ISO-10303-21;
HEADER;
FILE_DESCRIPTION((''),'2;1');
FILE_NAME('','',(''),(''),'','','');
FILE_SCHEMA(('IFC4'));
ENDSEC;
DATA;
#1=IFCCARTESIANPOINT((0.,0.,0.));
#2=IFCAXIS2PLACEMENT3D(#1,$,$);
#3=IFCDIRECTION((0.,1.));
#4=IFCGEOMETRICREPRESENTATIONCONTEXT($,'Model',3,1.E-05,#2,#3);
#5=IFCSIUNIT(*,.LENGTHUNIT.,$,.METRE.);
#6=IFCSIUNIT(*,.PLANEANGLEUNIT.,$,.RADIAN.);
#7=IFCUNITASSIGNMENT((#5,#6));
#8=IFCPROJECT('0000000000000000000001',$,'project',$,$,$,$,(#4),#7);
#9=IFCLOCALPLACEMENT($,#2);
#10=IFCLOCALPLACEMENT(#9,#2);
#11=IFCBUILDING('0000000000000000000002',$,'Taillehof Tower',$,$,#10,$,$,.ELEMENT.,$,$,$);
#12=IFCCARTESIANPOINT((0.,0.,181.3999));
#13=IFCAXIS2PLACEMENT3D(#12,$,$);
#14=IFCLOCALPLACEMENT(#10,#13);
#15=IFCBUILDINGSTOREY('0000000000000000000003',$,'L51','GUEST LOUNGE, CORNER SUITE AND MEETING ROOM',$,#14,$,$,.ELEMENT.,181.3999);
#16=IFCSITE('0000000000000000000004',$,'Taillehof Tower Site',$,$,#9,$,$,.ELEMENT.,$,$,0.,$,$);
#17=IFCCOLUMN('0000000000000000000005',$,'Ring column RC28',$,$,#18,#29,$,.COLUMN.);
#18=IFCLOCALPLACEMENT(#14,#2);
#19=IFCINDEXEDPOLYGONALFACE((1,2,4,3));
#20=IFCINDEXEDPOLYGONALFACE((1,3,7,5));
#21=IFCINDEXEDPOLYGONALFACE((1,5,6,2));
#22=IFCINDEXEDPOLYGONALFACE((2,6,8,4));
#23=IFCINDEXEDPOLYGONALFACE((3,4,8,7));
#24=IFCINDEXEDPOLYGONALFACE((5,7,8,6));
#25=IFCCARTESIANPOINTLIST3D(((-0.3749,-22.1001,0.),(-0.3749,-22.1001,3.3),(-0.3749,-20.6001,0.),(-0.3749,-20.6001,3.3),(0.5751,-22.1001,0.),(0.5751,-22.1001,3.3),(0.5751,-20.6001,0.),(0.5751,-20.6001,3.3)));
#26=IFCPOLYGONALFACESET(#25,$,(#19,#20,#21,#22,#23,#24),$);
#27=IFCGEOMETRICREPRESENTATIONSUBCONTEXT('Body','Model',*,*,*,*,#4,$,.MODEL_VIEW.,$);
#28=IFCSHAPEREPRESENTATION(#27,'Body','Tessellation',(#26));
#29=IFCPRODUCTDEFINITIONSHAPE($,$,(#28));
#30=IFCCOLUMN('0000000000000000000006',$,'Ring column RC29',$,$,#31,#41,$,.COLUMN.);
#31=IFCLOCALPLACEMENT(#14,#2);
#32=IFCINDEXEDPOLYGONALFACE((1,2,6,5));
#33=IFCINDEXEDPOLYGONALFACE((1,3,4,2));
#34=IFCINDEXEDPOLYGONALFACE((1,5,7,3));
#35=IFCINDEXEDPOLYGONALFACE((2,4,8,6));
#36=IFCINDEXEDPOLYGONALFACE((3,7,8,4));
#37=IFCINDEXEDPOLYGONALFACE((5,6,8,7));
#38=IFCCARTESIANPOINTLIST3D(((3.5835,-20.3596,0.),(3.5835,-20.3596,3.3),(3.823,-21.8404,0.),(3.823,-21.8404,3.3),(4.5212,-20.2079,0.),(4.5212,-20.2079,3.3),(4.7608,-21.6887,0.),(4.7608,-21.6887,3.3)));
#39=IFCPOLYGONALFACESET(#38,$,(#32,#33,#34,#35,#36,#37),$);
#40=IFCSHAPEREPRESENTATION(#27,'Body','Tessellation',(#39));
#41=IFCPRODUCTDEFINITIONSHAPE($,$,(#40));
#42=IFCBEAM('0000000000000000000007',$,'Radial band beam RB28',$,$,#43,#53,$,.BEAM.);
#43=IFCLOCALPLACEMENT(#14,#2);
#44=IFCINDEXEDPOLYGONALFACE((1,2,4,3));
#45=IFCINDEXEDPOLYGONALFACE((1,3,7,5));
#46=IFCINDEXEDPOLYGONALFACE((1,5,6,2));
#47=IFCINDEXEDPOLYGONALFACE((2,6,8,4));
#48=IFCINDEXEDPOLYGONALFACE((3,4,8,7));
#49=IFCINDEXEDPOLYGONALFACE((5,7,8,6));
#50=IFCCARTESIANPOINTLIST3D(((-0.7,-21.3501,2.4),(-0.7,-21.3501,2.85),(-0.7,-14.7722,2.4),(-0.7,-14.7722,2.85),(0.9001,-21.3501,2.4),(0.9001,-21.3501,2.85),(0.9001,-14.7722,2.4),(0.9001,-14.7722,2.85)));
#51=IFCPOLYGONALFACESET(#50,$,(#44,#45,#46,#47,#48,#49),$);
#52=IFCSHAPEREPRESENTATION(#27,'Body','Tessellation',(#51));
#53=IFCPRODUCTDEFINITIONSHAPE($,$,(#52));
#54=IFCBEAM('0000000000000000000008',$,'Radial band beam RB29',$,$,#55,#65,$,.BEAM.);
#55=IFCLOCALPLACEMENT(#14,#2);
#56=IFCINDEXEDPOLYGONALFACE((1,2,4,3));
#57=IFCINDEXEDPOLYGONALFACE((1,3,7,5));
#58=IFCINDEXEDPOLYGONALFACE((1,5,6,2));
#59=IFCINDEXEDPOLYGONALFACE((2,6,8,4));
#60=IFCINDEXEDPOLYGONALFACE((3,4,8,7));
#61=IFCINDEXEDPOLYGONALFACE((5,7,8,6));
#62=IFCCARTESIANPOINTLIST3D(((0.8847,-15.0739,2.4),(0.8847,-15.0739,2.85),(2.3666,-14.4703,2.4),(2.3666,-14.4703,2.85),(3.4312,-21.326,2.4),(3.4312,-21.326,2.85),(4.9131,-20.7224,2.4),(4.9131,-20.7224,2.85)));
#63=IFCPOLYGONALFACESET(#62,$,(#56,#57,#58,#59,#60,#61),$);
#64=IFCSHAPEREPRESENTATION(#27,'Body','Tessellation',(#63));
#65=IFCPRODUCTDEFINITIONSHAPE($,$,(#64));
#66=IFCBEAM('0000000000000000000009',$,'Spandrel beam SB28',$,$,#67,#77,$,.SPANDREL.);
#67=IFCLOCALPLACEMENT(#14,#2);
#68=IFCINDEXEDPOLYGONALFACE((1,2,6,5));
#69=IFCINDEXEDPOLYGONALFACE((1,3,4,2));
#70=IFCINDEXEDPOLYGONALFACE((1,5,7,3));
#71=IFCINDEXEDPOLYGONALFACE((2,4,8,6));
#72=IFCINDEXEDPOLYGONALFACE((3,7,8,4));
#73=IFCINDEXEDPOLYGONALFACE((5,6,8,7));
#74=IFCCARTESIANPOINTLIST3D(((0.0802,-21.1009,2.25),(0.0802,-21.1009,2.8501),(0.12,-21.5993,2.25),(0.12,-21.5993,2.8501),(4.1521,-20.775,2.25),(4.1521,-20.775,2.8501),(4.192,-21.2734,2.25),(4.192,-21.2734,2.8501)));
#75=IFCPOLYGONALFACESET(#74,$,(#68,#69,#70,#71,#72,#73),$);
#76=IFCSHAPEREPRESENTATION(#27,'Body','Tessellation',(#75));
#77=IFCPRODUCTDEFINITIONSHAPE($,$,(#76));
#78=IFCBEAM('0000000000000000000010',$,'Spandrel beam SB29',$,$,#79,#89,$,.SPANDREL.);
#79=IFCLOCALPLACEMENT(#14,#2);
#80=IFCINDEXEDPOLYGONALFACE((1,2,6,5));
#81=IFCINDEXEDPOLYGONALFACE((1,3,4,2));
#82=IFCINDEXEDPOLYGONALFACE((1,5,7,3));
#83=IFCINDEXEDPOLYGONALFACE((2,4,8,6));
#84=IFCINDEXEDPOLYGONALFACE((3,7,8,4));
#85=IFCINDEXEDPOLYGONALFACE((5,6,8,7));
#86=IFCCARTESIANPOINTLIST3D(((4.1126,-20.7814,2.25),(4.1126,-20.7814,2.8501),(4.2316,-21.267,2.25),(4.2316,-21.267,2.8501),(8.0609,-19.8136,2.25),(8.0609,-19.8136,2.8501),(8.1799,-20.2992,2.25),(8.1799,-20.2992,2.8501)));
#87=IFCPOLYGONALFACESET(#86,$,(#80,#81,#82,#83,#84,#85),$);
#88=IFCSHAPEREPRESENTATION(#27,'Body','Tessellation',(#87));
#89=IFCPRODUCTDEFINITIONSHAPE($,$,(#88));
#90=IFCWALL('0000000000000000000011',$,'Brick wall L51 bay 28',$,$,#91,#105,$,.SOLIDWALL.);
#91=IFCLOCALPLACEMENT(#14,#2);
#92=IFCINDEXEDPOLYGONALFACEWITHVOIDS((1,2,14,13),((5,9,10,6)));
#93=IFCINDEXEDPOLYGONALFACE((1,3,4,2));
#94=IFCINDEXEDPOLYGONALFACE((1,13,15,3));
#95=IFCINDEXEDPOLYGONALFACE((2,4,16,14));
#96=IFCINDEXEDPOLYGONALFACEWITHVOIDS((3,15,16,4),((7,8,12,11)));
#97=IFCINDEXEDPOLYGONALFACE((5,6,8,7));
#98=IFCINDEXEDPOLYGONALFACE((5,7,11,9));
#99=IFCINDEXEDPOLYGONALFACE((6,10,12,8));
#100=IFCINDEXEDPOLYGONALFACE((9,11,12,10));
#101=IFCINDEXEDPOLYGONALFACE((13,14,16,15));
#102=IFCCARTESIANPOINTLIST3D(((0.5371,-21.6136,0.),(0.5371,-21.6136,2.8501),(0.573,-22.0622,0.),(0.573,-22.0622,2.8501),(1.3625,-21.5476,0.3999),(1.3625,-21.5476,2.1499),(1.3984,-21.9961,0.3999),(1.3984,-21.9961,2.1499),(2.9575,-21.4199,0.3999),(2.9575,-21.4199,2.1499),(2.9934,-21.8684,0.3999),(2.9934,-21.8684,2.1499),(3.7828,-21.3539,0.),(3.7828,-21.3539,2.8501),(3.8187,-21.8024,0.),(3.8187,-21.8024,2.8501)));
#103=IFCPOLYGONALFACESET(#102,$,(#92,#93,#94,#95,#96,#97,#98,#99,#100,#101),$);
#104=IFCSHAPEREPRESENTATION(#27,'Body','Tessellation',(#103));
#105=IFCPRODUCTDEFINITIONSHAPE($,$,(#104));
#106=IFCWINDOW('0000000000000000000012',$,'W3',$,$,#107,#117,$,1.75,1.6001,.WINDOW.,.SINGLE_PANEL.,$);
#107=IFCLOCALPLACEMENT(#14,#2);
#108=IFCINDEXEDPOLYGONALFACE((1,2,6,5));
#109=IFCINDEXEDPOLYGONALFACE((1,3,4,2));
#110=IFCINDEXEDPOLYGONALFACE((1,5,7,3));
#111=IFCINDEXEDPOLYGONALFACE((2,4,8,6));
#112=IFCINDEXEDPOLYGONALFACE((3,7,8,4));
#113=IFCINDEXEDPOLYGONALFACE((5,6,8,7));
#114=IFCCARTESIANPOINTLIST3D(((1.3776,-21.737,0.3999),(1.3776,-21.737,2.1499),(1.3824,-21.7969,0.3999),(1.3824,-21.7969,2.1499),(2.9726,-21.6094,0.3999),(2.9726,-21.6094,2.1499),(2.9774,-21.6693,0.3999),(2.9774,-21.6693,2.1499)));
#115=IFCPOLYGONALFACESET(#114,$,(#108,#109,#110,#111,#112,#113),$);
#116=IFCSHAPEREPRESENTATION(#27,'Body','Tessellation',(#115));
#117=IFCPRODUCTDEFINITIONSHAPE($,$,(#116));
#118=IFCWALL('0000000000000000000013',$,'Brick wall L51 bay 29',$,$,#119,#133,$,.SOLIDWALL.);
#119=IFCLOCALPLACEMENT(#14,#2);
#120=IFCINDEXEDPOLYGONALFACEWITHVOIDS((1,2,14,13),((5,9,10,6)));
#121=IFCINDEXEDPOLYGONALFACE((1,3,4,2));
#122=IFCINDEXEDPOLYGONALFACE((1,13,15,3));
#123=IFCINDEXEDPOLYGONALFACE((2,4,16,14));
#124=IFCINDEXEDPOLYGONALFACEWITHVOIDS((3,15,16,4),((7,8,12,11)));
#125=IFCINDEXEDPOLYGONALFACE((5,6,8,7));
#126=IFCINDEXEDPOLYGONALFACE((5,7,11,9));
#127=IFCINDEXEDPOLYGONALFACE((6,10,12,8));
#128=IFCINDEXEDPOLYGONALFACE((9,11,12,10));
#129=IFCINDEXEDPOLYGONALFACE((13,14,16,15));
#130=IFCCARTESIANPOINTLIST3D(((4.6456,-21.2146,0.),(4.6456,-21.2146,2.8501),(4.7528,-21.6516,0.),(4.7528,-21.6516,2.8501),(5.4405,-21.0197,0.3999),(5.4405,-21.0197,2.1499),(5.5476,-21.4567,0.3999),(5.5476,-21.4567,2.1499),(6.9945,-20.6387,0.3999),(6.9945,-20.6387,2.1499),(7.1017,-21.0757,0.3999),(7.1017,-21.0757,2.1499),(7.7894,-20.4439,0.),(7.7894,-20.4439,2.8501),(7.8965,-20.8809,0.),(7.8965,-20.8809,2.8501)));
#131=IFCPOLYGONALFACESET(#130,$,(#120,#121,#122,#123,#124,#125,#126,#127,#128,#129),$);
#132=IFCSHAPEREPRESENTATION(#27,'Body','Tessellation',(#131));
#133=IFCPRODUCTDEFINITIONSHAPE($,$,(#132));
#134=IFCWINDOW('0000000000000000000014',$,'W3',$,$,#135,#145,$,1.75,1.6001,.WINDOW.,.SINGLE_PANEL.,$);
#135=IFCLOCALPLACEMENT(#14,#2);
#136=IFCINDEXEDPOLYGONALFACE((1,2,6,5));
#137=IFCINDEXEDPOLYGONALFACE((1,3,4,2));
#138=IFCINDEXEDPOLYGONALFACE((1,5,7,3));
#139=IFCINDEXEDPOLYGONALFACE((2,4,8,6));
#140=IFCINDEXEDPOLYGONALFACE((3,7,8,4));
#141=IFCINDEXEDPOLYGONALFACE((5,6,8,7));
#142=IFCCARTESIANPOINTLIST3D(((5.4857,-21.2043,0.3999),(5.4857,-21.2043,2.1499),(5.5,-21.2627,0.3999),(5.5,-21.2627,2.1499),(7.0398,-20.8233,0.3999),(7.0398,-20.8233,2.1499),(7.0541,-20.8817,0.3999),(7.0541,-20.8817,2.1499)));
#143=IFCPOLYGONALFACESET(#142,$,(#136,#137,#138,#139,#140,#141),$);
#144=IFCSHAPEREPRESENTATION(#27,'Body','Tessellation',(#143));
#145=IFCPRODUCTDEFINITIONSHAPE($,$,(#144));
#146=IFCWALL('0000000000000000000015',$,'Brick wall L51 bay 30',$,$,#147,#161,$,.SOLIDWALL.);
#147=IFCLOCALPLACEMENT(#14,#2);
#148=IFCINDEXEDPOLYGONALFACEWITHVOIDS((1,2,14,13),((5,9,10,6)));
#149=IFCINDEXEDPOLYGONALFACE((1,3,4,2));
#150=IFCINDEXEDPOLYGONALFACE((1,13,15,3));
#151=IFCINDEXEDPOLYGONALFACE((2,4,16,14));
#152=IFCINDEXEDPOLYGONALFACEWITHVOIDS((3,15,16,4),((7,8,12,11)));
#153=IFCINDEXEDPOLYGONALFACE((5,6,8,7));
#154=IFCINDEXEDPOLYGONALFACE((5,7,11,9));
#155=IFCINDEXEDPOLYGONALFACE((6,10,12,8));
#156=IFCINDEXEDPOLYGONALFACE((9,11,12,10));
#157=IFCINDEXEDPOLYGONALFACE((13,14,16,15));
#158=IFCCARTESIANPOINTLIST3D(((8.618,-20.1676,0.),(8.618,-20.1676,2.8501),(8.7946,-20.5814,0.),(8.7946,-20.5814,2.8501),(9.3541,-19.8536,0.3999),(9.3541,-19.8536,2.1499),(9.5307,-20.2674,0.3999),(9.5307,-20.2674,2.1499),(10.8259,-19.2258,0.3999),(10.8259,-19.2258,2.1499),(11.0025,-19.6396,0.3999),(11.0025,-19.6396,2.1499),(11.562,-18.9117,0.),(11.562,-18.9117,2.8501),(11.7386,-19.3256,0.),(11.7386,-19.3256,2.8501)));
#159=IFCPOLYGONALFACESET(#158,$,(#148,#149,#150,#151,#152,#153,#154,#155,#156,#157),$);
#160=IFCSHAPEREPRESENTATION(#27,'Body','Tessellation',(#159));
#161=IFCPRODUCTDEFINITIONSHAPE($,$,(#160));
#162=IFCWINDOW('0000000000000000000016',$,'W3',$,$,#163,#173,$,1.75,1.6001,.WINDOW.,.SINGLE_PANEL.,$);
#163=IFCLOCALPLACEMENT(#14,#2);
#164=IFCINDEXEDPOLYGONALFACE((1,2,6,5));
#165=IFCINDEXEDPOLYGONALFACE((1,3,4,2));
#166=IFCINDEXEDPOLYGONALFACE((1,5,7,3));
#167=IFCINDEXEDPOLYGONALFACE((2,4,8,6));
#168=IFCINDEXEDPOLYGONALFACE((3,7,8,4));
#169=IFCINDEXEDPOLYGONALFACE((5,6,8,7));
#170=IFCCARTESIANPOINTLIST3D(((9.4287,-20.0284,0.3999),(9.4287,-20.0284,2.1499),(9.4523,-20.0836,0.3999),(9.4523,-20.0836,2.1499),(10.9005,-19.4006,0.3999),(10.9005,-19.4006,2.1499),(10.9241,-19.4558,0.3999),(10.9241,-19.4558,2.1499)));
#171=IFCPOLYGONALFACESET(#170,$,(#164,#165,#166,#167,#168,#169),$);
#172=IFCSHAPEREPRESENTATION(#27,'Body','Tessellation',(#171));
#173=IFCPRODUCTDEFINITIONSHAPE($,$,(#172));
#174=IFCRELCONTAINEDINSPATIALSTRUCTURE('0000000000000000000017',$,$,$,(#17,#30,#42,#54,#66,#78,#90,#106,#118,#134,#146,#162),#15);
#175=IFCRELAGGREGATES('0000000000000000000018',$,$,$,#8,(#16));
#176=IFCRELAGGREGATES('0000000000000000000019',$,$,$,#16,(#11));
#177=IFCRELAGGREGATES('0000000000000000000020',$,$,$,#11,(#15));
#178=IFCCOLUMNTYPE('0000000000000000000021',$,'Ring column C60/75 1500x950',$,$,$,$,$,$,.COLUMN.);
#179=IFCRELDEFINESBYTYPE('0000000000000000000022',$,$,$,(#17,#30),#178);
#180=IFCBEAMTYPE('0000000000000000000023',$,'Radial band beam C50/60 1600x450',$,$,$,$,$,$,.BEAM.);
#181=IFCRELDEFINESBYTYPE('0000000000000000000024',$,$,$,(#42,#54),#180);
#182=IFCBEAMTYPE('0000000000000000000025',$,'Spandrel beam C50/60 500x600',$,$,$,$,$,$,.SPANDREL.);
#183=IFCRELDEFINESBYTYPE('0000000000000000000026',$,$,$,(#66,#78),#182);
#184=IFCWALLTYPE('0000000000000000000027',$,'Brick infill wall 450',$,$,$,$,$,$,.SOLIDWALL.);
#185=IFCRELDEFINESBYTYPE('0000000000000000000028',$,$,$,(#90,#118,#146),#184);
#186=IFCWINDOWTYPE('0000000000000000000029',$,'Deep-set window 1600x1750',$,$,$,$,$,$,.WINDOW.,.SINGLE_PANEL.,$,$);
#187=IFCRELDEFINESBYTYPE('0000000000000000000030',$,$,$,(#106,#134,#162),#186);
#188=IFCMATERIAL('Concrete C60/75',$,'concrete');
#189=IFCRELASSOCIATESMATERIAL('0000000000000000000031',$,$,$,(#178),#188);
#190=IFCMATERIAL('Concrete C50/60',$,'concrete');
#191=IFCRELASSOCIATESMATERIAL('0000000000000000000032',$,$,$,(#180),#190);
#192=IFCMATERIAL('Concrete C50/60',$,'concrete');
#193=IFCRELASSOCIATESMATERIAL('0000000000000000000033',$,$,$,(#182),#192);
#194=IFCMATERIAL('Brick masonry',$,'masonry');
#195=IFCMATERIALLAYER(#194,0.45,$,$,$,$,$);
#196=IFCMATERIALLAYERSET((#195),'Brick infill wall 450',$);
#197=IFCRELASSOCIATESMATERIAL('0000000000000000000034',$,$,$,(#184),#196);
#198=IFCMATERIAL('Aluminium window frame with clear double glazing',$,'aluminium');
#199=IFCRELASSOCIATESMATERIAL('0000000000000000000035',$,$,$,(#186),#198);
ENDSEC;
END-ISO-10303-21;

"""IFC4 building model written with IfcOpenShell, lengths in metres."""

from ifc_helpers import new_model, si_unit, direction, frame, frame_2d, origin, origin_2d, place, context, subcontext, project, spatial, rectangle, extrude, material, layer, layer_set, material_profile, profile_set, type_object, element, fill, save


model = new_model("IFC4")

# Units and contexts
model_context = context("Model", 3, precision=1e-05, world=origin(), true_north=direction((0.0, 1.0)))
body_context = subcontext(model_context, "Body", "Model", "MODEL_VIEW")
ifc_project = project(units=[si_unit("LENGTHUNIT", "METRE"), si_unit("PLANEANGLEUNIT", "RADIAN")], contexts=[model_context])

# Site, building, storey
site_placement = place(None, origin())
site = spatial("IfcSite", under=ifc_project, at=site_placement, Name="Taillehof Tower Site", CompositionType="ELEMENT", RefElevation=0.0)
building_placement = place(site_placement, origin())
building = spatial("IfcBuilding", under=site, at=building_placement, Name="Taillehof Tower", CompositionType="ELEMENT")
storey_placement = place(building_placement, frame((0.0, 0.0, 181.3999)))
storey = spatial("IfcBuildingStorey", under=building, at=storey_placement, Name="L51", Description="GUEST LOUNGE, CORNER SUITE AND MEETING ROOM", CompositionType="ELEMENT", Elevation=181.3999)

# Columns
ifc_material_1 = material(Name="Concrete C60/75", Category="concrete")
ifc_material_profile_1 = material_profile(ifc_material_1, rectangle(XDim=1.5, YDim=0.95, at=origin_2d()), Name="RC 1500x950")
ifc_profile_set_1 = profile_set([ifc_material_profile_1], Name="Concrete C60/75")
column_type = type_object("IfcColumnType", Name="Ring column C60/75 1500x950", PredefinedType="COLUMN", material=ifc_profile_set_1)
for number, where, z_axis, x_axis, name in (
    (1, (0.1001, -21.3501, 0.0), (0.0, 0.0, 1.0), (0.0, -1.0, 0.0), "Ring column RC28"),
    (2, (4.1721, -21.0242, 0.0), (0.0, 0.0, 1.0), (0.159679, -0.987169, 0.0), "Ring column RC29"),
):
    element("IfcColumn", number, at=place(storey_placement, frame(where, z_axis=z_axis, x_axis=x_axis)), inside=storey, type_object=column_type, Name=name, PredefinedType="COLUMN", context=body_context, shape_type="SweptSolid", body=[
        extrude(rectangle(XDim=1.5, YDim=0.95, at=origin_2d()), origin(), (0.0, 0.0, 1.0), 3.3),
    ])

# Beams
ifc_material_2 = material(Name="Concrete C50/60", Category="concrete")
ifc_material_profile_2 = material_profile(ifc_material_2, rectangle(XDim=1.6001, YDim=0.45, at=origin_2d()), Name="RC 1600x450")
ifc_profile_set_2 = profile_set([ifc_material_profile_2], Name="Concrete C50/60")
beam_type_1 = type_object("IfcBeamType", Name="Radial band beam C50/60 1600x450", PredefinedType="BEAM", material=ifc_profile_set_2)
beam_1_placement = place(storey_placement, frame((0.1001, -21.3501, 2.625), z_axis=(0.0, 1.0, 0.0), x_axis=(-1.0, 0.0, 0.0)))
element("IfcBeam", 3, at=beam_1_placement, inside=storey, type_object=beam_type_1, Name="Radial band beam RB28", PredefinedType="BEAM", context=body_context, shape_type="SweptSolid", body=[
    extrude(rectangle(XDim=1.6001, YDim=0.45, at=origin_2d()), origin(), (0.0, 0.0, 1.0), 6.5779),
])
beam_2_placement = place(storey_placement, frame((4.1721, -21.0242, 2.625), z_axis=(-0.377207, 0.926129, 0.0), x_axis=(-0.926129, -0.377207, 0.0)))
element("IfcBeam", 4, at=beam_2_placement, inside=storey, type_object=beam_type_1, Name="Radial band beam RB29", PredefinedType="BEAM", context=body_context, shape_type="SweptSolid", body=[
    extrude(rectangle(XDim=1.6001, YDim=0.45, at=origin_2d()), origin(), (0.0, 0.0, 1.0), 6.7507),
])
ifc_material_3 = material(Name="Concrete C50/60", Category="concrete")
ifc_material_profile_3 = material_profile(ifc_material_3, rectangle(XDim=0.5, YDim=0.6001, at=origin_2d()), Name="RC 500x600")
ifc_profile_set_3 = profile_set([ifc_material_profile_3], Name="Concrete C50/60")
beam_type_2 = type_object("IfcBeamType", Name="Spandrel beam C50/60 500x600", PredefinedType="SPANDREL", material=ifc_profile_set_3)
beam_3_placement = place(storey_placement, frame((0.1001, -21.3501, 2.55), z_axis=(0.996812, 0.079786, 0.0), x_axis=(-0.079786, 0.996812, 0.0)))
element("IfcBeam", 5, at=beam_3_placement, inside=storey, type_object=beam_type_2, Name="Spandrel beam SB28", PredefinedType="SPANDREL", context=body_context, shape_type="SweptSolid", body=[
    extrude(rectangle(XDim=0.5, YDim=0.6001, at=origin_2d()), origin(), (0.0, 0.0, 1.0), 4.085),
])
beam_4_placement = place(storey_placement, frame((4.1721, -21.0242, 2.55), z_axis=(0.971249, 0.238068, 0.0), x_axis=(-0.238068, 0.971249, 0.0)))
element("IfcBeam", 6, at=beam_4_placement, inside=storey, type_object=beam_type_2, Name="Spandrel beam SB29", PredefinedType="SPANDREL", context=body_context, shape_type="SweptSolid", body=[
    extrude(rectangle(XDim=0.5, YDim=0.6001, at=origin_2d()), origin(), (0.0, 0.0, 1.0), 4.0652),
])

# Walls, openings, windows
ifc_material_4 = material(Name="Brick masonry", Category="masonry")
ifc_layer_1 = layer(ifc_material_4, 0.45)
ifc_layer_set_1 = layer_set([ifc_layer_1], Name="Brick infill wall 450")
wall_type_1 = type_object("IfcWallType", Name="Brick infill wall 450", PredefinedType="SOLIDWALL", material=ifc_layer_set_1)
wall_1_placement = place(storey_placement, frame((0.5552, -21.8379, 0.0), z_axis=(0.0, 0.0, 1.0), x_axis=(0.996812, 0.079781, 0.0)))
wall_1 = element("IfcWall", 7, at=wall_1_placement, inside=storey, type_object=wall_type_1, Name="Brick wall L51 bay 28", PredefinedType="SOLIDWALL", context=body_context, shape_type="SweptSolid", body=[
    extrude(rectangle(XDim=3.2561, YDim=0.45, at=frame_2d((1.6279, 0.0))), origin(), (0.0, 0.0, 1.0), 2.8501),
])
opening_1_placement = place(wall_1_placement, frame((0.8279, 0.0, 0.3999)))
opening_1 = element("IfcOpeningElement", 8, at=opening_1_placement, cuts=wall_1, PredefinedType="OPENING", context=body_context, shape_type="SweptSolid", body=[
    extrude(rectangle(XDim=1.6001, YDim=1.75, at=frame_2d((0.8, 0.875))), frame((0.0, 0.2349, 0.0), z_axis=(0.0, -1.0, 0.0), x_axis=(1.0, 0.0, 0.0)), (0.0, 0.0, 1.0), 0.47),
])
ifc_material_5 = material(Name="Aluminium window frame with clear double glazing", Category="aluminium")
window_type = type_object("IfcWindowType", Name="Deep-set window 1600x1750", PartitioningType="SINGLE_PANEL", PredefinedType="WINDOW", material=ifc_material_5)
window_1_placement = place(opening_1_placement, origin())
window_1 = element("IfcWindow", 9, at=window_1_placement, inside=storey, type_object=window_type, Name="W3", OverallHeight=1.75, OverallWidth=1.6001, PartitioningType="SINGLE_PANEL", PredefinedType="WINDOW", context=body_context, shape_type="SweptSolid", body=[
    extrude(rectangle(XDim=1.6001, YDim=1.75, at=frame_2d((0.8, 0.875))), frame((0.0, 0.0349, 0.0), z_axis=(0.0, -1.0, 0.0), x_axis=(1.0, 0.0, 0.0)), (0.0, 0.0, 1.0), 0.0601),
])
fill(opening_1, window_1)
wall_2_placement = place(storey_placement, frame((4.6992, -21.4331, 0.0), z_axis=(0.0, 0.0, 1.0), x_axis=(0.971237, 0.238114, 0.0)))
wall_2 = element("IfcWall", 10, at=wall_2_placement, inside=storey, type_object=wall_type_1, Name="Brick wall L51 bay 29", PredefinedType="SOLIDWALL", context=body_context, shape_type="SweptSolid", body=[
    extrude(rectangle(XDim=3.2368, YDim=0.45, at=frame_2d((1.6184, 0.0))), origin(), (0.0, 0.0, 1.0), 2.8501),
])
opening_2_placement = place(wall_2_placement, frame((0.8184, 0.0, 0.3999)))
opening_2 = element("IfcOpeningElement", 11, at=opening_2_placement, cuts=wall_2, PredefinedType="OPENING", context=body_context, shape_type="SweptSolid", body=[
    extrude(rectangle(XDim=1.6001, YDim=1.75, at=frame_2d((0.8, 0.875))), frame((0.0, 0.2349, 0.0), z_axis=(0.0, -1.0, 0.0), x_axis=(1.0, 0.0, 0.0)), (0.0, 0.0, 1.0), 0.47),
])
window_2_placement = place(opening_2_placement, origin())
window_2 = element("IfcWindow", 12, at=window_2_placement, inside=storey, type_object=window_type, Name="W3", OverallHeight=1.75, OverallWidth=1.6001, PartitioningType="SINGLE_PANEL", PredefinedType="WINDOW", context=body_context, shape_type="SweptSolid", body=[
    extrude(rectangle(XDim=1.6001, YDim=1.75, at=frame_2d((0.8, 0.875))), frame((0.0, 0.0349, 0.0), z_axis=(0.0, -1.0, 0.0), x_axis=(1.0, 0.0, 0.0)), (0.0, 0.0, 1.0), 0.0601),
])
fill(opening_2, window_2)
wall_3_placement = place(storey_placement, frame((8.7063, -20.3745, 0.0), z_axis=(0.0, 0.0, 1.0), x_axis=(0.91981, 0.392363, 0.0)))
wall_3 = element("IfcWall", 13, at=wall_3_placement, inside=storey, type_object=wall_type_1, Name="Brick wall L51 bay 30", PredefinedType="SOLIDWALL", context=body_context, shape_type="SweptSolid", body=[
    extrude(rectangle(XDim=3.2007, YDim=0.45, at=frame_2d((1.6003, 0.0))), origin(), (0.0, 0.0, 1.0), 2.8501),
])
opening_3_placement = place(wall_3_placement, frame((0.8003, 0.0, 0.3999)))
opening_3 = element("IfcOpeningElement", 14, at=opening_3_placement, cuts=wall_3, PredefinedType="OPENING", context=body_context, shape_type="SweptSolid", body=[
    extrude(rectangle(XDim=1.6001, YDim=1.75, at=frame_2d((0.8, 0.875))), frame((0.0, 0.2349, 0.0), z_axis=(0.0, -1.0, 0.0), x_axis=(1.0, 0.0, 0.0)), (0.0, 0.0, 1.0), 0.47),
])
window_3_placement = place(opening_3_placement, origin())
window_3 = element("IfcWindow", 15, at=window_3_placement, inside=storey, type_object=window_type, Name="W3", OverallHeight=1.75, OverallWidth=1.6001, PartitioningType="SINGLE_PANEL", PredefinedType="WINDOW", context=body_context, shape_type="SweptSolid", body=[
    extrude(rectangle(XDim=1.6001, YDim=1.75, at=frame_2d((0.8, 0.875))), frame((0.0, 0.0349, 0.0), z_axis=(0.0, -1.0, 0.0), x_axis=(1.0, 0.0, 0.0)), (0.0, 0.0, 1.0), 0.0601),
])
fill(opening_3, window_3)

save(model, "model.ifc")
